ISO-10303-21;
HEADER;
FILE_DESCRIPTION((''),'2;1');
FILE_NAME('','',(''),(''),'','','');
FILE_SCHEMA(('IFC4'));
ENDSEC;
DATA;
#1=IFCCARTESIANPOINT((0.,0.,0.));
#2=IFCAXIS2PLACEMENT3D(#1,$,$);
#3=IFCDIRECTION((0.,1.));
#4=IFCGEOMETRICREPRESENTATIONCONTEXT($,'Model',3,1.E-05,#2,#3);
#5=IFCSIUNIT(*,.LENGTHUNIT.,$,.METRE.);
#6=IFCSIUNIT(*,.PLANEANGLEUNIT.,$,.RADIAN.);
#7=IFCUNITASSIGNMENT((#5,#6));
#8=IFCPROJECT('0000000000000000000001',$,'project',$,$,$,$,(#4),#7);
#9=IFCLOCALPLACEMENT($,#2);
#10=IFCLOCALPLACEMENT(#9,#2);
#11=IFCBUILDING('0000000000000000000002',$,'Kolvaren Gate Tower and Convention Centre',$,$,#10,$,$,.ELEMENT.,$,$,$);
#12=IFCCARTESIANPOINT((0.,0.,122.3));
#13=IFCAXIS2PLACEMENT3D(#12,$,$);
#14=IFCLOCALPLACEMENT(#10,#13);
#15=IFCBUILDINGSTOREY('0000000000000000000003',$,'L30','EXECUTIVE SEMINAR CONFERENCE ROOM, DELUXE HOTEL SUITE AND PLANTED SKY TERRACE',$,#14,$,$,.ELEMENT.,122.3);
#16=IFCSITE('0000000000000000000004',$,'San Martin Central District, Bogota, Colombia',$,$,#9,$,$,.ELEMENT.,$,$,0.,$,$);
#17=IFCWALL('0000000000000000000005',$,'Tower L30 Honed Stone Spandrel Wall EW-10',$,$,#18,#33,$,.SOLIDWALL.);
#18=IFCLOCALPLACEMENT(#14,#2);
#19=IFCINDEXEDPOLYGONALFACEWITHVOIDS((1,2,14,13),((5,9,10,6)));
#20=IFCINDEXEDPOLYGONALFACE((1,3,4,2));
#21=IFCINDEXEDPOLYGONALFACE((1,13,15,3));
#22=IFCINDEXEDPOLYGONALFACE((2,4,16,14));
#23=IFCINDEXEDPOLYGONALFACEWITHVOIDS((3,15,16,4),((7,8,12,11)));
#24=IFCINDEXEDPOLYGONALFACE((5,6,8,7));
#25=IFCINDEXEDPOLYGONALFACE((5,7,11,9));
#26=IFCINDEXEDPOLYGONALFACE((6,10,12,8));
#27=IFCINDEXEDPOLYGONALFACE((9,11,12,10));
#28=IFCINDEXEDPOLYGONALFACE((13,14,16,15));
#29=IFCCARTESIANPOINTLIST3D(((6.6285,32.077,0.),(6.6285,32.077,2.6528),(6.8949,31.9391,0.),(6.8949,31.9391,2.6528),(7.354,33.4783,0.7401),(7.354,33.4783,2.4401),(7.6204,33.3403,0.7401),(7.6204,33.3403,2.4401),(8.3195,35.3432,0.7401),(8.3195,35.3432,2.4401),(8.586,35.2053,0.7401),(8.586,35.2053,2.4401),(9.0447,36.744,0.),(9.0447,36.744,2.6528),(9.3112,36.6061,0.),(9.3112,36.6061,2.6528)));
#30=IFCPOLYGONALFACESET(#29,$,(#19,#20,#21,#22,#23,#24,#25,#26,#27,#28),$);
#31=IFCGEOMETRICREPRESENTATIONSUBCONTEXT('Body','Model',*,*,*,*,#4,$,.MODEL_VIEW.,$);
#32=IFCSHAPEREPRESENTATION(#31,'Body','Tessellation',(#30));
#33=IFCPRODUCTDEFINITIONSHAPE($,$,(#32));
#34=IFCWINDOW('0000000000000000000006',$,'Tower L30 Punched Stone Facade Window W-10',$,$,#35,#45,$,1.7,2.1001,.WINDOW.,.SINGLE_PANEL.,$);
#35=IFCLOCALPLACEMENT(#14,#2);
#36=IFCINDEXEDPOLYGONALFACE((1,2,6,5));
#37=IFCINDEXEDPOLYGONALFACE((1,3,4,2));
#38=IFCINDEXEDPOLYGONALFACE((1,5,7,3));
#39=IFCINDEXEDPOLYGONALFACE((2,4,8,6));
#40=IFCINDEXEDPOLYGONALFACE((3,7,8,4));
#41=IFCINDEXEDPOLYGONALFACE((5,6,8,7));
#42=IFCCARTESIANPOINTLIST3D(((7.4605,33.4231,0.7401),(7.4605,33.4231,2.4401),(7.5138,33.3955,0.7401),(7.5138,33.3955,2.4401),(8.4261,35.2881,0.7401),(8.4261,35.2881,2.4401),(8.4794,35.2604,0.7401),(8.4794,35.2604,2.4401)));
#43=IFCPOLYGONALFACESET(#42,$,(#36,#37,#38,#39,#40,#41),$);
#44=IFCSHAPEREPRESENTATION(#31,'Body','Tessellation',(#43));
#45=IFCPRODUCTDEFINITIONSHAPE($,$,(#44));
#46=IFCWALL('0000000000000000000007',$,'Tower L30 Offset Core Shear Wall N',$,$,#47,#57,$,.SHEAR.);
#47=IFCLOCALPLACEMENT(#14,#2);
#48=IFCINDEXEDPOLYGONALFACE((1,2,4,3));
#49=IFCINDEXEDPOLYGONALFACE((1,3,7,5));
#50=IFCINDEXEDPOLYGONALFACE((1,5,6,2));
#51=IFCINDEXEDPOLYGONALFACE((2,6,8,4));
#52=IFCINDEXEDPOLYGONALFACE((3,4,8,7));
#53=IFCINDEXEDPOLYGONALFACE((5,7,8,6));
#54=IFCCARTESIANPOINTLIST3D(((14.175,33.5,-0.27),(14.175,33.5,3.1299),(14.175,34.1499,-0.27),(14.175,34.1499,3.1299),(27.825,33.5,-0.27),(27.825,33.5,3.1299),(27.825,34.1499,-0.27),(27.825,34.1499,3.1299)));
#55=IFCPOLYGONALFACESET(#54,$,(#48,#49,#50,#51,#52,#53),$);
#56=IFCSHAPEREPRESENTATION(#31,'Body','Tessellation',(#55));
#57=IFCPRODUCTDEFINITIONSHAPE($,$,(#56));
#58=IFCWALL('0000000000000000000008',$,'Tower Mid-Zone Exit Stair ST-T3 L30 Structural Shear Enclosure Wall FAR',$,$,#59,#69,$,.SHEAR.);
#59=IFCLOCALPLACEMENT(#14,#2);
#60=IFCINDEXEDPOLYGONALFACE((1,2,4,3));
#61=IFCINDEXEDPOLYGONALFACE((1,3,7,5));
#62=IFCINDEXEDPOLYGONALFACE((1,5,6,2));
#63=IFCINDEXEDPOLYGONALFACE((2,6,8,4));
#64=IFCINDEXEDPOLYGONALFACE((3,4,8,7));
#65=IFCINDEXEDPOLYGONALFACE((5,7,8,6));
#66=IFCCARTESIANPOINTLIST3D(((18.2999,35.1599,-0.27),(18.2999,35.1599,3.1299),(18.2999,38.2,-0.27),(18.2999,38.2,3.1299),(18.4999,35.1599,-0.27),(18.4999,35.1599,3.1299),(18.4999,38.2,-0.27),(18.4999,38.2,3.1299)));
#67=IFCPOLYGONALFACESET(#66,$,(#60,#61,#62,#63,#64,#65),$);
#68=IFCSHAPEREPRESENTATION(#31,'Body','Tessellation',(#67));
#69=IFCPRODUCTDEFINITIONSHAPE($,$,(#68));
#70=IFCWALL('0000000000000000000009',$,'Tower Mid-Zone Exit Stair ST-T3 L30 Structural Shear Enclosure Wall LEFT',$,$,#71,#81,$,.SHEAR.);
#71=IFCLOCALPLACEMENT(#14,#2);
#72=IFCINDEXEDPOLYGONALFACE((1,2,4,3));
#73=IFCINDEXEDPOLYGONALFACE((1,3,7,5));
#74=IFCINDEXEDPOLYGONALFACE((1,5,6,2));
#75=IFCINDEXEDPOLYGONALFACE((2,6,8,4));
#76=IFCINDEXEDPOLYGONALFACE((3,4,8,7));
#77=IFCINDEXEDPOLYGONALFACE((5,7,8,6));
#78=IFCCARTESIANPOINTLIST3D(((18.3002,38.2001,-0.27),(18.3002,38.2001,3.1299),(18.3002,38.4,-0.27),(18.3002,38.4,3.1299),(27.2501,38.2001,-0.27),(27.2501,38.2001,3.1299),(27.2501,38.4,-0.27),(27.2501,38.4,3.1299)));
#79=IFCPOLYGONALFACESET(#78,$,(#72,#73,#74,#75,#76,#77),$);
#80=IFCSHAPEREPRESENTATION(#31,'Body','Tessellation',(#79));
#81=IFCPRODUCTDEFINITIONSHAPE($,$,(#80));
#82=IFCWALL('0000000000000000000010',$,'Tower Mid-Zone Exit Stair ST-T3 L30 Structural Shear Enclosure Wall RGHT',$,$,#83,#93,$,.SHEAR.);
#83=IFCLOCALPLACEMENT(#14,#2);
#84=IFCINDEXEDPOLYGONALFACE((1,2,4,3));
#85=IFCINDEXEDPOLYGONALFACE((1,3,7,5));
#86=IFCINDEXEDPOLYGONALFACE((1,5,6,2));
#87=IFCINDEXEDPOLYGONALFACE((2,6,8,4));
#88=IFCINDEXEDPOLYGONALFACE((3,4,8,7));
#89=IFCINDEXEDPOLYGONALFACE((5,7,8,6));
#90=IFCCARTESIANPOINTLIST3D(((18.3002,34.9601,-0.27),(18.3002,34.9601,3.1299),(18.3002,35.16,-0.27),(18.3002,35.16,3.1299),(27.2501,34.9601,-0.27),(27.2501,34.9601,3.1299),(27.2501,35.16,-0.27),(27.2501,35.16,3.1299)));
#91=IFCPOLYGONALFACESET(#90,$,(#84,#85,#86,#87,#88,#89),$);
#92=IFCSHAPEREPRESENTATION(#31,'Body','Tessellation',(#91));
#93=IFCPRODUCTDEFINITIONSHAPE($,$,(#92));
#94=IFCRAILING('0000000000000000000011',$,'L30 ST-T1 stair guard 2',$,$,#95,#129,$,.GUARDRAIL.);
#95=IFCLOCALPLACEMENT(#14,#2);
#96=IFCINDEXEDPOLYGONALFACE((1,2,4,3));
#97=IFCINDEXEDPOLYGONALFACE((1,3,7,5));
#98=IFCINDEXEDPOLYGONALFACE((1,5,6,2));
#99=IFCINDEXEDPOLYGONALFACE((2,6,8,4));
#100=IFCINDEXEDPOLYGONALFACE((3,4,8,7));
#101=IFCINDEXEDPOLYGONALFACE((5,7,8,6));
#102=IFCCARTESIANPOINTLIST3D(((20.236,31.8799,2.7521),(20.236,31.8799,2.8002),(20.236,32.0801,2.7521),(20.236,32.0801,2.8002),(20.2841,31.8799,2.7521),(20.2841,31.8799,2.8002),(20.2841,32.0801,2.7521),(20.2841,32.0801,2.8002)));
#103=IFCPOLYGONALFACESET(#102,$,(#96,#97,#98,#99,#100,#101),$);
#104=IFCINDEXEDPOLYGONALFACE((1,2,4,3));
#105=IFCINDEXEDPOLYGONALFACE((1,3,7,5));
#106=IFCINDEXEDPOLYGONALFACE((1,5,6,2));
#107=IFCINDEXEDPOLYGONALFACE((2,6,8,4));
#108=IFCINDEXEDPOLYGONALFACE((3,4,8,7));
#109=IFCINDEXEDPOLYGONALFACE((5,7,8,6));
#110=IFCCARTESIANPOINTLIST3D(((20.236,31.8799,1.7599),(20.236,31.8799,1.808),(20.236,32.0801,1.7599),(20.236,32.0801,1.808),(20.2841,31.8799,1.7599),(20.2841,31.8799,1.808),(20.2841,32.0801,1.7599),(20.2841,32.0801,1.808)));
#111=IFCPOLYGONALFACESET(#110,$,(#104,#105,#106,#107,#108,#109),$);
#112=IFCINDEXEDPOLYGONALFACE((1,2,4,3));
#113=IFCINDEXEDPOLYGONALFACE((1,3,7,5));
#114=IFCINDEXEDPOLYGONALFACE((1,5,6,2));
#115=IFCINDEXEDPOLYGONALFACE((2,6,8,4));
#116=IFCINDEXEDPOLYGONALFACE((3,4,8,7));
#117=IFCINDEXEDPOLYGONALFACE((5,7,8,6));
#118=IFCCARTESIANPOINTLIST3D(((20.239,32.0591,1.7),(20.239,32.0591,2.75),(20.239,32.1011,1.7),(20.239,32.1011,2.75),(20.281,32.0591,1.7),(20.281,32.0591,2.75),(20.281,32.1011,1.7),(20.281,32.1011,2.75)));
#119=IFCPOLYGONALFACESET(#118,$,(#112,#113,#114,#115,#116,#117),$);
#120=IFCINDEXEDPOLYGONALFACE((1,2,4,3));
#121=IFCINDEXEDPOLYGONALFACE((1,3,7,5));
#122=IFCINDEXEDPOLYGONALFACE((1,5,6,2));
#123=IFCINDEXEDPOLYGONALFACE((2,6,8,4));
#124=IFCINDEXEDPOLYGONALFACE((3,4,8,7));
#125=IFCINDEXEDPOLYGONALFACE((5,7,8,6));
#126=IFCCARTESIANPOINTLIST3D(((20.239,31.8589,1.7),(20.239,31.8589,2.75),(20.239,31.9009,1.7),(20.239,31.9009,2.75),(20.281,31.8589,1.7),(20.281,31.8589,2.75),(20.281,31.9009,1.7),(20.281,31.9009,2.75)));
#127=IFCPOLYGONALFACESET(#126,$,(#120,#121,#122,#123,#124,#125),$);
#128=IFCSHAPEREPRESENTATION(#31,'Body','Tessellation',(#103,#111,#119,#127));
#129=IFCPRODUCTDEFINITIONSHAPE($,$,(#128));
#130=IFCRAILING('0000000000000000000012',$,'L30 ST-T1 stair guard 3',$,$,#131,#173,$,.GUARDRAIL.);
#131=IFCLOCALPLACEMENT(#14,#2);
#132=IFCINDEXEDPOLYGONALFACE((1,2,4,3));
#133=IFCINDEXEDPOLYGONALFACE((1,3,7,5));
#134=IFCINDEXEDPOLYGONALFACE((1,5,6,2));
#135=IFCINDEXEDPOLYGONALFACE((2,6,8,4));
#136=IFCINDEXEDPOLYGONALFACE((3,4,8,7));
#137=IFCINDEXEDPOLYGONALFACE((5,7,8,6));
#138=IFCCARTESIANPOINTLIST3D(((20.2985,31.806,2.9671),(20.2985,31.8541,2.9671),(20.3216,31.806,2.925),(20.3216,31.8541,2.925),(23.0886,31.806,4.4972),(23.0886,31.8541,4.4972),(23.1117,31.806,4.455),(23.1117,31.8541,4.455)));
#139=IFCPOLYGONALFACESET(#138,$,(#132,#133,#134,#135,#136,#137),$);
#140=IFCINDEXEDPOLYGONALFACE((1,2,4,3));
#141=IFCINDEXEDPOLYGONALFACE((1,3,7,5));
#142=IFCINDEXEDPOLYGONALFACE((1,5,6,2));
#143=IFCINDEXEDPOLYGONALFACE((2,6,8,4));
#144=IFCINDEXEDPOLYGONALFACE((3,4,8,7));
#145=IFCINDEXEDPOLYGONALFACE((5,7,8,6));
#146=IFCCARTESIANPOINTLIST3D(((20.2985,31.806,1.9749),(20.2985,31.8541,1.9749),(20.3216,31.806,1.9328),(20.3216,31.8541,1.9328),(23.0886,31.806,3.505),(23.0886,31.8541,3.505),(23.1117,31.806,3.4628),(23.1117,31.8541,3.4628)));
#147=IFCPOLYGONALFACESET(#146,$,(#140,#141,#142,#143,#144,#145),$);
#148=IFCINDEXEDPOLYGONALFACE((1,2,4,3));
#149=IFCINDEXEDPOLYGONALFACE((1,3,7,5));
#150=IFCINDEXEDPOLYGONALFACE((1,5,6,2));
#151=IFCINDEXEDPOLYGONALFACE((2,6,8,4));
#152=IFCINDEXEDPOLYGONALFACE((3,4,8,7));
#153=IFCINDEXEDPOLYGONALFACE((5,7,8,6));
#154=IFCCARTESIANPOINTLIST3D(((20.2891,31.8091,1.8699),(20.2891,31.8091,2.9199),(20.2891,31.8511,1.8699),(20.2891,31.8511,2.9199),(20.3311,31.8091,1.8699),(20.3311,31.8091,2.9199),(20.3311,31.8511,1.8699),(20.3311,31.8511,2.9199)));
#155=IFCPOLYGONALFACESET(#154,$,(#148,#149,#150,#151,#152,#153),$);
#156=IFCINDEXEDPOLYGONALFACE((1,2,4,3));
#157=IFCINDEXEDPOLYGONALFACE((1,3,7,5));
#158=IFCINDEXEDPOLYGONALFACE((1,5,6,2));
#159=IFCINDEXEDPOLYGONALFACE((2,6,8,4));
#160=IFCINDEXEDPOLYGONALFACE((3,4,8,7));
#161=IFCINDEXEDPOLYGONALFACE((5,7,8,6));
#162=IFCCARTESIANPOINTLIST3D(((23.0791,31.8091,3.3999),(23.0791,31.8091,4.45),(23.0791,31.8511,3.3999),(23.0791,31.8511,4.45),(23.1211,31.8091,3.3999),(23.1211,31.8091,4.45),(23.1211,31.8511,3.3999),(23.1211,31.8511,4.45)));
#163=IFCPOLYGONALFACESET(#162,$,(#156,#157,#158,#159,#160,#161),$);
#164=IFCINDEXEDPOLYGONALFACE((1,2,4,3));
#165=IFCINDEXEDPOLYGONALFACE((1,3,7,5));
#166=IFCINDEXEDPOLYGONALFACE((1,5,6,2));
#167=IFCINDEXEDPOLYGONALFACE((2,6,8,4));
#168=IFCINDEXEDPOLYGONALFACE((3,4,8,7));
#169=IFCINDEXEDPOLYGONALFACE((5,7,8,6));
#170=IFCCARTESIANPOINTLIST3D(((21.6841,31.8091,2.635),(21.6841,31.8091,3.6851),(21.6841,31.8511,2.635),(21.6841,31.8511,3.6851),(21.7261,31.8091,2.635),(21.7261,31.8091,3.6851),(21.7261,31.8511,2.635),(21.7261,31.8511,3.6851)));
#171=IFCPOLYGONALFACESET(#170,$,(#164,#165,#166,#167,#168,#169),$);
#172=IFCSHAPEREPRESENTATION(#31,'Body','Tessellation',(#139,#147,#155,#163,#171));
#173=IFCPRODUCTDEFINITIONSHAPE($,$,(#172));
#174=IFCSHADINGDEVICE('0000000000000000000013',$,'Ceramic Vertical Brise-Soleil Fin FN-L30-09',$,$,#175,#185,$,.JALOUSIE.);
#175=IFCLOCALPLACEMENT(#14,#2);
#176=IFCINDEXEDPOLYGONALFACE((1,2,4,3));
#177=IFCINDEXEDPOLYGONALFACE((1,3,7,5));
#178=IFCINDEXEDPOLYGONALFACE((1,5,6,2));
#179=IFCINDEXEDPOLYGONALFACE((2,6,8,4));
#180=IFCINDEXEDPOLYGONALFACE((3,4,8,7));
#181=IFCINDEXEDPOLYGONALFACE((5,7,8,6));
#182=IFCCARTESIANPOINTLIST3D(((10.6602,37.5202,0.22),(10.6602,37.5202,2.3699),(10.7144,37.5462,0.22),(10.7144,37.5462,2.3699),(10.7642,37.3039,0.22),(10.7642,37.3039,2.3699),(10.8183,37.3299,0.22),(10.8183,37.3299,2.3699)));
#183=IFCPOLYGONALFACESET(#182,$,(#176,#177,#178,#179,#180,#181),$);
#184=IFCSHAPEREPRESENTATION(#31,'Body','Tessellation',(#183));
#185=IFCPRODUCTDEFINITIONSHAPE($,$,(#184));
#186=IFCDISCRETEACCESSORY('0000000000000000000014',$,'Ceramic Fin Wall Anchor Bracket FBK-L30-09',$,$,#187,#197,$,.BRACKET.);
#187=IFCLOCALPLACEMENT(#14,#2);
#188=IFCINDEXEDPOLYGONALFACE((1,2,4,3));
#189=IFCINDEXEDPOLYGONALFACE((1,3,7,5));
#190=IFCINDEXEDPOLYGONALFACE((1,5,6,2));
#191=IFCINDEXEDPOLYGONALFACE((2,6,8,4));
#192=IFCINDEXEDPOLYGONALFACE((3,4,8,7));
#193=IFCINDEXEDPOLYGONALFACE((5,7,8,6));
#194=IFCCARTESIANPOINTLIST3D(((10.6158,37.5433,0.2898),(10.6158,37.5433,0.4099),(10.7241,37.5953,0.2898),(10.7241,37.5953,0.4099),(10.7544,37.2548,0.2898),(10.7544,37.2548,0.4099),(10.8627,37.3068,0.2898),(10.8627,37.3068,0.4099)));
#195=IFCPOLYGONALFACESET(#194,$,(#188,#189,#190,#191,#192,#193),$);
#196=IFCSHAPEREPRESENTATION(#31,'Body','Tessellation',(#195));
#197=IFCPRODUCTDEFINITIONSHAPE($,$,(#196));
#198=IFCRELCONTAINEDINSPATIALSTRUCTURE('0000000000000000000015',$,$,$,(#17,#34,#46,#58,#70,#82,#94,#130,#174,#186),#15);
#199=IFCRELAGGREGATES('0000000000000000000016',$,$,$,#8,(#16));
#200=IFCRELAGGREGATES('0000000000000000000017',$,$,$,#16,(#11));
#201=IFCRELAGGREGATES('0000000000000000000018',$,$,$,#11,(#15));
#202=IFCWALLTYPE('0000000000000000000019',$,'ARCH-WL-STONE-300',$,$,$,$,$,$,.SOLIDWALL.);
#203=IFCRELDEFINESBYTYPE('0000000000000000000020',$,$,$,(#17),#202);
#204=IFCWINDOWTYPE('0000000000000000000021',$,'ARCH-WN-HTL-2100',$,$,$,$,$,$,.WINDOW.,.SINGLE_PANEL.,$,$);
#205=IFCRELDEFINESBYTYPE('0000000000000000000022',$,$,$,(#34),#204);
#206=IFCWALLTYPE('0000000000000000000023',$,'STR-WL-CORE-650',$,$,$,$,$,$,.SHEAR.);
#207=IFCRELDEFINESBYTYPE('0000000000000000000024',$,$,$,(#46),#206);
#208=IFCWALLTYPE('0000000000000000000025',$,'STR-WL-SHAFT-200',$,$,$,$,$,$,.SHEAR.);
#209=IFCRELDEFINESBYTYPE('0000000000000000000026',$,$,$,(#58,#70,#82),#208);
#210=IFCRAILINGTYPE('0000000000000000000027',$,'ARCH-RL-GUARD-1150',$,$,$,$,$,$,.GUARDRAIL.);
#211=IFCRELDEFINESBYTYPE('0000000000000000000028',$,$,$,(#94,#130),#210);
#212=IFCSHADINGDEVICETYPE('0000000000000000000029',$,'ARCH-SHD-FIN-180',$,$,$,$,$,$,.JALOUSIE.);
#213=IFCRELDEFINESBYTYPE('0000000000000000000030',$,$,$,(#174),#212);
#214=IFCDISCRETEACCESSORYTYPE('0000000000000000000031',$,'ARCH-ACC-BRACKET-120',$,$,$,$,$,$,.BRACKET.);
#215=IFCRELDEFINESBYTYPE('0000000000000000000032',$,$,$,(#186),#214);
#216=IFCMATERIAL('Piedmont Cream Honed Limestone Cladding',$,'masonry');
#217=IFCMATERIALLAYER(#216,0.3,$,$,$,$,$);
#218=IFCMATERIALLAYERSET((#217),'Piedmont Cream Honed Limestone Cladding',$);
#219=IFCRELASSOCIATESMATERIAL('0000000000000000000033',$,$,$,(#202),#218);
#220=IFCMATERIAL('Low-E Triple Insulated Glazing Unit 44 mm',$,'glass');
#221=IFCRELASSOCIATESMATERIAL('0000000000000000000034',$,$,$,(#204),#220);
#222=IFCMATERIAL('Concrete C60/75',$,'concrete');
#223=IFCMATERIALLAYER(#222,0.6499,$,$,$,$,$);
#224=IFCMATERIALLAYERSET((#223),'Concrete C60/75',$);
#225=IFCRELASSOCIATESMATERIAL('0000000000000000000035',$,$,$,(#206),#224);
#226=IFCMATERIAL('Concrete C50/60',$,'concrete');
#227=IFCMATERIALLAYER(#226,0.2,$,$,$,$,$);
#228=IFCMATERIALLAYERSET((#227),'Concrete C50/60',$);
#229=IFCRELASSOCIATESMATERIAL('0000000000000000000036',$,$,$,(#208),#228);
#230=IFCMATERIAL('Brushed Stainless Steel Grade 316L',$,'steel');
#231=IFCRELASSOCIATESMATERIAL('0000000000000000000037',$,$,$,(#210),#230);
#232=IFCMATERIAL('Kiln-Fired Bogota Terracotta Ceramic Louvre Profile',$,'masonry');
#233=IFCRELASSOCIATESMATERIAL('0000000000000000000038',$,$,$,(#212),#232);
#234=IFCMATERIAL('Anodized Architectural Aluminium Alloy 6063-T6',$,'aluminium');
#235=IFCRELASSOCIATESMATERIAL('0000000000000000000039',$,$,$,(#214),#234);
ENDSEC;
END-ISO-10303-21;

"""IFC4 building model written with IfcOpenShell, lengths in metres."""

from ifc_helpers import new_model, si_unit, direction, frame, frame_2d, origin, origin_2d, place, context, subcontext, project, spatial, rectangle, extrude, material, layer, layer_set, type_object, element, fill, save


model = new_model("IFC4")

# Units and contexts
model_context = context("Model", 3, precision=1e-05, world=origin(), true_north=direction((0.0, 1.0)))
body_context = subcontext(model_context, "Body", "Model", "MODEL_VIEW")
ifc_project = project(units=[si_unit("LENGTHUNIT", "METRE"), si_unit("PLANEANGLEUNIT", "RADIAN")], contexts=[model_context])

# Site, building, storey
site_placement = place(None, origin())
site = spatial("IfcSite", under=ifc_project, at=site_placement, Name="San Martin Central District, Bogota, Colombia", CompositionType="ELEMENT", RefElevation=0.0)
building_placement = place(site_placement, origin())
building = spatial("IfcBuilding", under=site, at=building_placement, Name="Kolvaren Gate Tower and Convention Centre", CompositionType="ELEMENT")
storey_placement = place(building_placement, frame((0.0, 0.0, 122.3)))
storey = spatial("IfcBuildingStorey", under=building, at=storey_placement, Name="L30", Description="EXECUTIVE SEMINAR CONFERENCE ROOM, DELUXE HOTEL SUITE AND PLANTED SKY TERRACE", CompositionType="ELEMENT", Elevation=122.3)

# Shared definitions
ifc_material_1 = material(Name="Concrete C60/75", Category="concrete")

# Shared definitions
ifc_material_2 = material(Name="Piedmont Cream Honed Limestone Cladding", Category="masonry")

# Shared definitions
ifc_layer_1 = layer(ifc_material_2, 0.3)
ifc_layer_set_1 = layer_set([ifc_layer_1], Name="Piedmont Cream Honed Limestone Cladding")
wall_type_1 = type_object("IfcWallType", Name="ARCH-WL-STONE-300", PredefinedType="SOLIDWALL", material=ifc_layer_set_1)
ifc_material_3 = material(Name="Low-E Triple Insulated Glazing Unit 44 mm", Category="glass")
window_type = type_object("IfcWindowType", Name="ARCH-WN-HTL-2100", PartitioningType="SINGLE_PANEL", PredefinedType="WINDOW", material=ifc_material_3)

# Shared definitions
ifc_material_4 = material(Name="Anodized Architectural Aluminium Alloy 6063-T6", Category="aluminium")

# Wall, opening, window
wall_1_placement = place(storey_placement, frame((6.7617, 32.0081, 0.0), z_axis=(0.0, 0.0, 1.0), x_axis=(0.459768, 0.888039, 0.0)))
wall_1 = element("IfcWall", 1, at=wall_1_placement, inside=storey, type_object=wall_type_1, Name="Tower L30 Honed Stone Spandrel Wall EW-10", PredefinedType="SOLIDWALL", context=body_context, shape_type="SweptSolid", body=[
    extrude(rectangle(XDim=5.2554, YDim=0.3, at=frame_2d((2.6277, 0.0))), origin(), (0.0, 0.0, 1.0), 2.6528),
])
opening_1_placement = place(wall_1_placement, frame((1.5779, 0.0, 0.74)))
opening_1 = element("IfcOpeningElement", 2, at=opening_1_placement, cuts=wall_1, PredefinedType="OPENING", context=body_context, shape_type="SweptSolid", body=[
    extrude(rectangle(XDim=2.1001, YDim=1.7, at=frame_2d((1.05, 0.8501))), frame((0.0, 0.1599, 0.0), z_axis=(0.0, -1.0, 0.0), x_axis=(1.0, 0.0, 0.0)), (0.0, 0.0, 1.0), 0.3201),
])
window_1_placement = place(opening_1_placement, origin())
window_1 = element("IfcWindow", 3, at=window_1_placement, inside=storey, type_object=window_type, Name="Tower L30 Punched Stone Facade Window W-10", OverallHeight=1.7, OverallWidth=2.1001, PartitioningType="SINGLE_PANEL", PredefinedType="WINDOW", context=body_context, shape_type="SweptSolid", body=[
    extrude(rectangle(XDim=2.1001, YDim=1.7, at=frame_2d((1.05, 0.8501))), frame((0.0, 0.03, 0.0), z_axis=(0.0, -1.0, 0.0), x_axis=(1.0, 0.0, 0.0)), (0.0, 0.0, 1.0), 0.0601),
])
fill(opening_1, window_1)

# Walls
ifc_layer_2 = layer(ifc_material_1, 0.6499)
ifc_layer_set_2 = layer_set([ifc_layer_2], Name="Concrete C60/75")
wall_type_2 = type_object("IfcWallType", Name="STR-WL-CORE-650", PredefinedType="SHEAR", material=ifc_layer_set_2)
wall_2_placement = place(storey_placement, frame((14.175, 33.825, -0.27), z_axis=(0.0, 0.0, 1.0), x_axis=(1.0, 0.0, 0.0)))
element("IfcWall", 4, at=wall_2_placement, inside=storey, type_object=wall_type_2, Name="Tower L30 Offset Core Shear Wall N", PredefinedType="SHEAR", context=body_context, shape_type="SweptSolid", body=[
    extrude(rectangle(XDim=13.6499, YDim=0.6499, at=frame_2d((6.825, 0.0))), origin(), (0.0, 0.0, 1.0), 3.3999),
])
ifc_material_5 = material(Name="Concrete C50/60", Category="concrete")
ifc_layer_3 = layer(ifc_material_5, 0.2)
ifc_layer_set_3 = layer_set([ifc_layer_3], Name="Concrete C50/60")
wall_type_3 = type_object("IfcWallType", Name="STR-WL-SHAFT-200", PredefinedType="SHEAR", material=ifc_layer_set_3)
wall_3_placement = place(storey_placement, frame((18.3999, 35.1599, -0.27), z_axis=(0.0, 0.0, 1.0), x_axis=(0.0, 1.0, 0.0)))
element("IfcWall", 5, at=wall_3_placement, inside=storey, type_object=wall_type_3, Name="Tower Mid-Zone Exit Stair ST-T3 L30 Structural Shear Enclosure Wall FAR", PredefinedType="SHEAR", context=body_context, shape_type="SweptSolid", body=[
    extrude(rectangle(XDim=3.04, YDim=0.2, at=frame_2d((1.52, 0.0))), origin(), (0.0, 0.0, 1.0), 3.3999),
])
for number, where, z_axis, x_axis, name in (
    (6, (18.3, 38.3, -0.27), (0.0, 0.0, 1.0), (1.0, 0.0, 0.0), "Tower Mid-Zone Exit Stair ST-T3 L30 Structural Shear Enclosure Wall LEFT"),
    (7, (18.3, 35.0601, -0.27), (0.0, 0.0, 1.0), (1.0, 0.0, 0.0), "Tower Mid-Zone Exit Stair ST-T3 L30 Structural Shear Enclosure Wall RGHT"),
):
    element("IfcWall", number, at=place(storey_placement, frame(where, z_axis=z_axis, x_axis=x_axis)), inside=storey, type_object=wall_type_3, Name=name, PredefinedType="SHEAR", context=body_context, shape_type="SweptSolid", body=[
        extrude(rectangle(XDim=8.95, YDim=0.2, at=frame_2d((4.4751, 0.0))), origin(), (0.0, 0.0, 1.0), 3.3999),
    ])

# Railings
ifc_material_6 = material(Name="Brushed Stainless Steel Grade 316L", Category="steel")
railing_type = type_object("IfcRailingType", Name="ARCH-RL-GUARD-1150", PredefinedType="GUARDRAIL", material=ifc_material_6)
railing_1_placement = place(storey_placement, frame((20.26, 32.0801, 1.7)))
element("IfcRailing", 8, at=railing_1_placement, inside=storey, type_object=railing_type, Name="L30 ST-T1 stair guard 2", PredefinedType="GUARDRAIL", context=body_context, shape_type="SweptSolid", body=[
    extrude(rectangle(XDim=0.0481, YDim=0.0481, at=origin_2d()), frame((0.0, 0.0, 1.0762), z_axis=(0.0, -1.0, 0.0), x_axis=(1.0, 0.0, 0.0)), (0.0, 0.0, 1.0), 0.2002),
    extrude(rectangle(XDim=0.0481, YDim=0.0481, at=origin_2d()), frame((0.0, 0.0, 0.084), z_axis=(0.0, -1.0, 0.0), x_axis=(1.0, 0.0, 0.0)), (0.0, 0.0, 1.0), 0.2002),
    extrude(rectangle(XDim=0.042, YDim=0.042, at=origin_2d()), origin(), (0.0, 0.0, 1.0), 1.05),
    extrude(rectangle(XDim=0.042, YDim=0.042, at=origin_2d()), frame((0.0, -0.2002, 0.0)), (0.0, 0.0, 1.0), 1.05),
])
railing_2_placement = place(storey_placement, frame((20.3101, 31.8301, 1.8699)))
element("IfcRailing", 9, at=railing_2_placement, inside=storey, type_object=railing_type, Name="L30 ST-T1 stair guard 3", PredefinedType="GUARDRAIL", context=body_context, shape_type="SweptSolid", body=[
    extrude(rectangle(XDim=0.0481, YDim=0.0481, at=origin_2d()), frame((0.0, 0.0, 1.0762), z_axis=(0.876811, 0.0, 0.480835), x_axis=(0.0, 1.0, 0.0)), (0.0, 0.0, 1.0), 3.1821),
    extrude(rectangle(XDim=0.0481, YDim=0.0481, at=origin_2d()), frame((0.0, 0.0, 0.084), z_axis=(0.876811, 0.0, 0.480835), x_axis=(0.0, 1.0, 0.0)), (0.0, 0.0, 1.0), 3.1821),
    extrude(rectangle(XDim=0.042, YDim=0.042, at=origin_2d()), origin(), (0.0, 0.0, 1.0), 1.05),
    extrude(rectangle(XDim=0.042, YDim=0.042, at=origin_2d()), frame((2.79, 0.0, 1.53)), (0.0, 0.0, 1.0), 1.05),
    extrude(rectangle(XDim=0.042, YDim=0.042, at=origin_2d()), frame((1.395, 0.0, 0.7651)), (0.0, 0.0, 1.0), 1.05),
])

# Shading device
ifc_material_7 = material(Name="Kiln-Fired Bogota Terracotta Ceramic Louvre Profile", Category="masonry")
shading_device_type = type_object("IfcShadingDeviceType", Name="ARCH-SHD-FIN-180", PredefinedType="JALOUSIE", material=ifc_material_7)
shading_device_placement = place(storey_placement, frame((10.7393, 37.425, 0.22), z_axis=(0.0, 0.0, 1.0), x_axis=(0.901363, 0.433065, 0.0)))
element("IfcShadingDevice", 10, at=shading_device_placement, inside=storey, type_object=shading_device_type, Name="Ceramic Vertical Brise-Soleil Fin FN-L30-09", PredefinedType="JALOUSIE", context=body_context, shape_type="SweptSolid", body=[
    extrude(rectangle(XDim=0.0601, YDim=0.24, at=origin_2d()), origin(), (0.0, 0.0, 1.0), 2.1499),
])

# Discrete accessory
discrete_accessory_type = type_object("IfcDiscreteAccessoryType", Name="ARCH-ACC-BRACKET-120", PredefinedType="BRACKET", material=ifc_material_4)
discrete_accessory_placement = place(storey_placement, frame((10.7393, 37.425, 0.2898), z_axis=(0.0, 0.0, 1.0), x_axis=(0.901363, 0.433065, 0.0)))
element("IfcDiscreteAccessory", 11, at=discrete_accessory_placement, inside=storey, type_object=discrete_accessory_type, Name="Ceramic Fin Wall Anchor Bracket FBK-L30-09", PredefinedType="BRACKET", context=body_context, shape_type="SweptSolid", body=[
    extrude(rectangle(XDim=0.1201, YDim=0.3201, at=origin_2d()), origin(), (0.0, 0.0, 1.0), 0.1201),
])

save(model, "model.ifc")
